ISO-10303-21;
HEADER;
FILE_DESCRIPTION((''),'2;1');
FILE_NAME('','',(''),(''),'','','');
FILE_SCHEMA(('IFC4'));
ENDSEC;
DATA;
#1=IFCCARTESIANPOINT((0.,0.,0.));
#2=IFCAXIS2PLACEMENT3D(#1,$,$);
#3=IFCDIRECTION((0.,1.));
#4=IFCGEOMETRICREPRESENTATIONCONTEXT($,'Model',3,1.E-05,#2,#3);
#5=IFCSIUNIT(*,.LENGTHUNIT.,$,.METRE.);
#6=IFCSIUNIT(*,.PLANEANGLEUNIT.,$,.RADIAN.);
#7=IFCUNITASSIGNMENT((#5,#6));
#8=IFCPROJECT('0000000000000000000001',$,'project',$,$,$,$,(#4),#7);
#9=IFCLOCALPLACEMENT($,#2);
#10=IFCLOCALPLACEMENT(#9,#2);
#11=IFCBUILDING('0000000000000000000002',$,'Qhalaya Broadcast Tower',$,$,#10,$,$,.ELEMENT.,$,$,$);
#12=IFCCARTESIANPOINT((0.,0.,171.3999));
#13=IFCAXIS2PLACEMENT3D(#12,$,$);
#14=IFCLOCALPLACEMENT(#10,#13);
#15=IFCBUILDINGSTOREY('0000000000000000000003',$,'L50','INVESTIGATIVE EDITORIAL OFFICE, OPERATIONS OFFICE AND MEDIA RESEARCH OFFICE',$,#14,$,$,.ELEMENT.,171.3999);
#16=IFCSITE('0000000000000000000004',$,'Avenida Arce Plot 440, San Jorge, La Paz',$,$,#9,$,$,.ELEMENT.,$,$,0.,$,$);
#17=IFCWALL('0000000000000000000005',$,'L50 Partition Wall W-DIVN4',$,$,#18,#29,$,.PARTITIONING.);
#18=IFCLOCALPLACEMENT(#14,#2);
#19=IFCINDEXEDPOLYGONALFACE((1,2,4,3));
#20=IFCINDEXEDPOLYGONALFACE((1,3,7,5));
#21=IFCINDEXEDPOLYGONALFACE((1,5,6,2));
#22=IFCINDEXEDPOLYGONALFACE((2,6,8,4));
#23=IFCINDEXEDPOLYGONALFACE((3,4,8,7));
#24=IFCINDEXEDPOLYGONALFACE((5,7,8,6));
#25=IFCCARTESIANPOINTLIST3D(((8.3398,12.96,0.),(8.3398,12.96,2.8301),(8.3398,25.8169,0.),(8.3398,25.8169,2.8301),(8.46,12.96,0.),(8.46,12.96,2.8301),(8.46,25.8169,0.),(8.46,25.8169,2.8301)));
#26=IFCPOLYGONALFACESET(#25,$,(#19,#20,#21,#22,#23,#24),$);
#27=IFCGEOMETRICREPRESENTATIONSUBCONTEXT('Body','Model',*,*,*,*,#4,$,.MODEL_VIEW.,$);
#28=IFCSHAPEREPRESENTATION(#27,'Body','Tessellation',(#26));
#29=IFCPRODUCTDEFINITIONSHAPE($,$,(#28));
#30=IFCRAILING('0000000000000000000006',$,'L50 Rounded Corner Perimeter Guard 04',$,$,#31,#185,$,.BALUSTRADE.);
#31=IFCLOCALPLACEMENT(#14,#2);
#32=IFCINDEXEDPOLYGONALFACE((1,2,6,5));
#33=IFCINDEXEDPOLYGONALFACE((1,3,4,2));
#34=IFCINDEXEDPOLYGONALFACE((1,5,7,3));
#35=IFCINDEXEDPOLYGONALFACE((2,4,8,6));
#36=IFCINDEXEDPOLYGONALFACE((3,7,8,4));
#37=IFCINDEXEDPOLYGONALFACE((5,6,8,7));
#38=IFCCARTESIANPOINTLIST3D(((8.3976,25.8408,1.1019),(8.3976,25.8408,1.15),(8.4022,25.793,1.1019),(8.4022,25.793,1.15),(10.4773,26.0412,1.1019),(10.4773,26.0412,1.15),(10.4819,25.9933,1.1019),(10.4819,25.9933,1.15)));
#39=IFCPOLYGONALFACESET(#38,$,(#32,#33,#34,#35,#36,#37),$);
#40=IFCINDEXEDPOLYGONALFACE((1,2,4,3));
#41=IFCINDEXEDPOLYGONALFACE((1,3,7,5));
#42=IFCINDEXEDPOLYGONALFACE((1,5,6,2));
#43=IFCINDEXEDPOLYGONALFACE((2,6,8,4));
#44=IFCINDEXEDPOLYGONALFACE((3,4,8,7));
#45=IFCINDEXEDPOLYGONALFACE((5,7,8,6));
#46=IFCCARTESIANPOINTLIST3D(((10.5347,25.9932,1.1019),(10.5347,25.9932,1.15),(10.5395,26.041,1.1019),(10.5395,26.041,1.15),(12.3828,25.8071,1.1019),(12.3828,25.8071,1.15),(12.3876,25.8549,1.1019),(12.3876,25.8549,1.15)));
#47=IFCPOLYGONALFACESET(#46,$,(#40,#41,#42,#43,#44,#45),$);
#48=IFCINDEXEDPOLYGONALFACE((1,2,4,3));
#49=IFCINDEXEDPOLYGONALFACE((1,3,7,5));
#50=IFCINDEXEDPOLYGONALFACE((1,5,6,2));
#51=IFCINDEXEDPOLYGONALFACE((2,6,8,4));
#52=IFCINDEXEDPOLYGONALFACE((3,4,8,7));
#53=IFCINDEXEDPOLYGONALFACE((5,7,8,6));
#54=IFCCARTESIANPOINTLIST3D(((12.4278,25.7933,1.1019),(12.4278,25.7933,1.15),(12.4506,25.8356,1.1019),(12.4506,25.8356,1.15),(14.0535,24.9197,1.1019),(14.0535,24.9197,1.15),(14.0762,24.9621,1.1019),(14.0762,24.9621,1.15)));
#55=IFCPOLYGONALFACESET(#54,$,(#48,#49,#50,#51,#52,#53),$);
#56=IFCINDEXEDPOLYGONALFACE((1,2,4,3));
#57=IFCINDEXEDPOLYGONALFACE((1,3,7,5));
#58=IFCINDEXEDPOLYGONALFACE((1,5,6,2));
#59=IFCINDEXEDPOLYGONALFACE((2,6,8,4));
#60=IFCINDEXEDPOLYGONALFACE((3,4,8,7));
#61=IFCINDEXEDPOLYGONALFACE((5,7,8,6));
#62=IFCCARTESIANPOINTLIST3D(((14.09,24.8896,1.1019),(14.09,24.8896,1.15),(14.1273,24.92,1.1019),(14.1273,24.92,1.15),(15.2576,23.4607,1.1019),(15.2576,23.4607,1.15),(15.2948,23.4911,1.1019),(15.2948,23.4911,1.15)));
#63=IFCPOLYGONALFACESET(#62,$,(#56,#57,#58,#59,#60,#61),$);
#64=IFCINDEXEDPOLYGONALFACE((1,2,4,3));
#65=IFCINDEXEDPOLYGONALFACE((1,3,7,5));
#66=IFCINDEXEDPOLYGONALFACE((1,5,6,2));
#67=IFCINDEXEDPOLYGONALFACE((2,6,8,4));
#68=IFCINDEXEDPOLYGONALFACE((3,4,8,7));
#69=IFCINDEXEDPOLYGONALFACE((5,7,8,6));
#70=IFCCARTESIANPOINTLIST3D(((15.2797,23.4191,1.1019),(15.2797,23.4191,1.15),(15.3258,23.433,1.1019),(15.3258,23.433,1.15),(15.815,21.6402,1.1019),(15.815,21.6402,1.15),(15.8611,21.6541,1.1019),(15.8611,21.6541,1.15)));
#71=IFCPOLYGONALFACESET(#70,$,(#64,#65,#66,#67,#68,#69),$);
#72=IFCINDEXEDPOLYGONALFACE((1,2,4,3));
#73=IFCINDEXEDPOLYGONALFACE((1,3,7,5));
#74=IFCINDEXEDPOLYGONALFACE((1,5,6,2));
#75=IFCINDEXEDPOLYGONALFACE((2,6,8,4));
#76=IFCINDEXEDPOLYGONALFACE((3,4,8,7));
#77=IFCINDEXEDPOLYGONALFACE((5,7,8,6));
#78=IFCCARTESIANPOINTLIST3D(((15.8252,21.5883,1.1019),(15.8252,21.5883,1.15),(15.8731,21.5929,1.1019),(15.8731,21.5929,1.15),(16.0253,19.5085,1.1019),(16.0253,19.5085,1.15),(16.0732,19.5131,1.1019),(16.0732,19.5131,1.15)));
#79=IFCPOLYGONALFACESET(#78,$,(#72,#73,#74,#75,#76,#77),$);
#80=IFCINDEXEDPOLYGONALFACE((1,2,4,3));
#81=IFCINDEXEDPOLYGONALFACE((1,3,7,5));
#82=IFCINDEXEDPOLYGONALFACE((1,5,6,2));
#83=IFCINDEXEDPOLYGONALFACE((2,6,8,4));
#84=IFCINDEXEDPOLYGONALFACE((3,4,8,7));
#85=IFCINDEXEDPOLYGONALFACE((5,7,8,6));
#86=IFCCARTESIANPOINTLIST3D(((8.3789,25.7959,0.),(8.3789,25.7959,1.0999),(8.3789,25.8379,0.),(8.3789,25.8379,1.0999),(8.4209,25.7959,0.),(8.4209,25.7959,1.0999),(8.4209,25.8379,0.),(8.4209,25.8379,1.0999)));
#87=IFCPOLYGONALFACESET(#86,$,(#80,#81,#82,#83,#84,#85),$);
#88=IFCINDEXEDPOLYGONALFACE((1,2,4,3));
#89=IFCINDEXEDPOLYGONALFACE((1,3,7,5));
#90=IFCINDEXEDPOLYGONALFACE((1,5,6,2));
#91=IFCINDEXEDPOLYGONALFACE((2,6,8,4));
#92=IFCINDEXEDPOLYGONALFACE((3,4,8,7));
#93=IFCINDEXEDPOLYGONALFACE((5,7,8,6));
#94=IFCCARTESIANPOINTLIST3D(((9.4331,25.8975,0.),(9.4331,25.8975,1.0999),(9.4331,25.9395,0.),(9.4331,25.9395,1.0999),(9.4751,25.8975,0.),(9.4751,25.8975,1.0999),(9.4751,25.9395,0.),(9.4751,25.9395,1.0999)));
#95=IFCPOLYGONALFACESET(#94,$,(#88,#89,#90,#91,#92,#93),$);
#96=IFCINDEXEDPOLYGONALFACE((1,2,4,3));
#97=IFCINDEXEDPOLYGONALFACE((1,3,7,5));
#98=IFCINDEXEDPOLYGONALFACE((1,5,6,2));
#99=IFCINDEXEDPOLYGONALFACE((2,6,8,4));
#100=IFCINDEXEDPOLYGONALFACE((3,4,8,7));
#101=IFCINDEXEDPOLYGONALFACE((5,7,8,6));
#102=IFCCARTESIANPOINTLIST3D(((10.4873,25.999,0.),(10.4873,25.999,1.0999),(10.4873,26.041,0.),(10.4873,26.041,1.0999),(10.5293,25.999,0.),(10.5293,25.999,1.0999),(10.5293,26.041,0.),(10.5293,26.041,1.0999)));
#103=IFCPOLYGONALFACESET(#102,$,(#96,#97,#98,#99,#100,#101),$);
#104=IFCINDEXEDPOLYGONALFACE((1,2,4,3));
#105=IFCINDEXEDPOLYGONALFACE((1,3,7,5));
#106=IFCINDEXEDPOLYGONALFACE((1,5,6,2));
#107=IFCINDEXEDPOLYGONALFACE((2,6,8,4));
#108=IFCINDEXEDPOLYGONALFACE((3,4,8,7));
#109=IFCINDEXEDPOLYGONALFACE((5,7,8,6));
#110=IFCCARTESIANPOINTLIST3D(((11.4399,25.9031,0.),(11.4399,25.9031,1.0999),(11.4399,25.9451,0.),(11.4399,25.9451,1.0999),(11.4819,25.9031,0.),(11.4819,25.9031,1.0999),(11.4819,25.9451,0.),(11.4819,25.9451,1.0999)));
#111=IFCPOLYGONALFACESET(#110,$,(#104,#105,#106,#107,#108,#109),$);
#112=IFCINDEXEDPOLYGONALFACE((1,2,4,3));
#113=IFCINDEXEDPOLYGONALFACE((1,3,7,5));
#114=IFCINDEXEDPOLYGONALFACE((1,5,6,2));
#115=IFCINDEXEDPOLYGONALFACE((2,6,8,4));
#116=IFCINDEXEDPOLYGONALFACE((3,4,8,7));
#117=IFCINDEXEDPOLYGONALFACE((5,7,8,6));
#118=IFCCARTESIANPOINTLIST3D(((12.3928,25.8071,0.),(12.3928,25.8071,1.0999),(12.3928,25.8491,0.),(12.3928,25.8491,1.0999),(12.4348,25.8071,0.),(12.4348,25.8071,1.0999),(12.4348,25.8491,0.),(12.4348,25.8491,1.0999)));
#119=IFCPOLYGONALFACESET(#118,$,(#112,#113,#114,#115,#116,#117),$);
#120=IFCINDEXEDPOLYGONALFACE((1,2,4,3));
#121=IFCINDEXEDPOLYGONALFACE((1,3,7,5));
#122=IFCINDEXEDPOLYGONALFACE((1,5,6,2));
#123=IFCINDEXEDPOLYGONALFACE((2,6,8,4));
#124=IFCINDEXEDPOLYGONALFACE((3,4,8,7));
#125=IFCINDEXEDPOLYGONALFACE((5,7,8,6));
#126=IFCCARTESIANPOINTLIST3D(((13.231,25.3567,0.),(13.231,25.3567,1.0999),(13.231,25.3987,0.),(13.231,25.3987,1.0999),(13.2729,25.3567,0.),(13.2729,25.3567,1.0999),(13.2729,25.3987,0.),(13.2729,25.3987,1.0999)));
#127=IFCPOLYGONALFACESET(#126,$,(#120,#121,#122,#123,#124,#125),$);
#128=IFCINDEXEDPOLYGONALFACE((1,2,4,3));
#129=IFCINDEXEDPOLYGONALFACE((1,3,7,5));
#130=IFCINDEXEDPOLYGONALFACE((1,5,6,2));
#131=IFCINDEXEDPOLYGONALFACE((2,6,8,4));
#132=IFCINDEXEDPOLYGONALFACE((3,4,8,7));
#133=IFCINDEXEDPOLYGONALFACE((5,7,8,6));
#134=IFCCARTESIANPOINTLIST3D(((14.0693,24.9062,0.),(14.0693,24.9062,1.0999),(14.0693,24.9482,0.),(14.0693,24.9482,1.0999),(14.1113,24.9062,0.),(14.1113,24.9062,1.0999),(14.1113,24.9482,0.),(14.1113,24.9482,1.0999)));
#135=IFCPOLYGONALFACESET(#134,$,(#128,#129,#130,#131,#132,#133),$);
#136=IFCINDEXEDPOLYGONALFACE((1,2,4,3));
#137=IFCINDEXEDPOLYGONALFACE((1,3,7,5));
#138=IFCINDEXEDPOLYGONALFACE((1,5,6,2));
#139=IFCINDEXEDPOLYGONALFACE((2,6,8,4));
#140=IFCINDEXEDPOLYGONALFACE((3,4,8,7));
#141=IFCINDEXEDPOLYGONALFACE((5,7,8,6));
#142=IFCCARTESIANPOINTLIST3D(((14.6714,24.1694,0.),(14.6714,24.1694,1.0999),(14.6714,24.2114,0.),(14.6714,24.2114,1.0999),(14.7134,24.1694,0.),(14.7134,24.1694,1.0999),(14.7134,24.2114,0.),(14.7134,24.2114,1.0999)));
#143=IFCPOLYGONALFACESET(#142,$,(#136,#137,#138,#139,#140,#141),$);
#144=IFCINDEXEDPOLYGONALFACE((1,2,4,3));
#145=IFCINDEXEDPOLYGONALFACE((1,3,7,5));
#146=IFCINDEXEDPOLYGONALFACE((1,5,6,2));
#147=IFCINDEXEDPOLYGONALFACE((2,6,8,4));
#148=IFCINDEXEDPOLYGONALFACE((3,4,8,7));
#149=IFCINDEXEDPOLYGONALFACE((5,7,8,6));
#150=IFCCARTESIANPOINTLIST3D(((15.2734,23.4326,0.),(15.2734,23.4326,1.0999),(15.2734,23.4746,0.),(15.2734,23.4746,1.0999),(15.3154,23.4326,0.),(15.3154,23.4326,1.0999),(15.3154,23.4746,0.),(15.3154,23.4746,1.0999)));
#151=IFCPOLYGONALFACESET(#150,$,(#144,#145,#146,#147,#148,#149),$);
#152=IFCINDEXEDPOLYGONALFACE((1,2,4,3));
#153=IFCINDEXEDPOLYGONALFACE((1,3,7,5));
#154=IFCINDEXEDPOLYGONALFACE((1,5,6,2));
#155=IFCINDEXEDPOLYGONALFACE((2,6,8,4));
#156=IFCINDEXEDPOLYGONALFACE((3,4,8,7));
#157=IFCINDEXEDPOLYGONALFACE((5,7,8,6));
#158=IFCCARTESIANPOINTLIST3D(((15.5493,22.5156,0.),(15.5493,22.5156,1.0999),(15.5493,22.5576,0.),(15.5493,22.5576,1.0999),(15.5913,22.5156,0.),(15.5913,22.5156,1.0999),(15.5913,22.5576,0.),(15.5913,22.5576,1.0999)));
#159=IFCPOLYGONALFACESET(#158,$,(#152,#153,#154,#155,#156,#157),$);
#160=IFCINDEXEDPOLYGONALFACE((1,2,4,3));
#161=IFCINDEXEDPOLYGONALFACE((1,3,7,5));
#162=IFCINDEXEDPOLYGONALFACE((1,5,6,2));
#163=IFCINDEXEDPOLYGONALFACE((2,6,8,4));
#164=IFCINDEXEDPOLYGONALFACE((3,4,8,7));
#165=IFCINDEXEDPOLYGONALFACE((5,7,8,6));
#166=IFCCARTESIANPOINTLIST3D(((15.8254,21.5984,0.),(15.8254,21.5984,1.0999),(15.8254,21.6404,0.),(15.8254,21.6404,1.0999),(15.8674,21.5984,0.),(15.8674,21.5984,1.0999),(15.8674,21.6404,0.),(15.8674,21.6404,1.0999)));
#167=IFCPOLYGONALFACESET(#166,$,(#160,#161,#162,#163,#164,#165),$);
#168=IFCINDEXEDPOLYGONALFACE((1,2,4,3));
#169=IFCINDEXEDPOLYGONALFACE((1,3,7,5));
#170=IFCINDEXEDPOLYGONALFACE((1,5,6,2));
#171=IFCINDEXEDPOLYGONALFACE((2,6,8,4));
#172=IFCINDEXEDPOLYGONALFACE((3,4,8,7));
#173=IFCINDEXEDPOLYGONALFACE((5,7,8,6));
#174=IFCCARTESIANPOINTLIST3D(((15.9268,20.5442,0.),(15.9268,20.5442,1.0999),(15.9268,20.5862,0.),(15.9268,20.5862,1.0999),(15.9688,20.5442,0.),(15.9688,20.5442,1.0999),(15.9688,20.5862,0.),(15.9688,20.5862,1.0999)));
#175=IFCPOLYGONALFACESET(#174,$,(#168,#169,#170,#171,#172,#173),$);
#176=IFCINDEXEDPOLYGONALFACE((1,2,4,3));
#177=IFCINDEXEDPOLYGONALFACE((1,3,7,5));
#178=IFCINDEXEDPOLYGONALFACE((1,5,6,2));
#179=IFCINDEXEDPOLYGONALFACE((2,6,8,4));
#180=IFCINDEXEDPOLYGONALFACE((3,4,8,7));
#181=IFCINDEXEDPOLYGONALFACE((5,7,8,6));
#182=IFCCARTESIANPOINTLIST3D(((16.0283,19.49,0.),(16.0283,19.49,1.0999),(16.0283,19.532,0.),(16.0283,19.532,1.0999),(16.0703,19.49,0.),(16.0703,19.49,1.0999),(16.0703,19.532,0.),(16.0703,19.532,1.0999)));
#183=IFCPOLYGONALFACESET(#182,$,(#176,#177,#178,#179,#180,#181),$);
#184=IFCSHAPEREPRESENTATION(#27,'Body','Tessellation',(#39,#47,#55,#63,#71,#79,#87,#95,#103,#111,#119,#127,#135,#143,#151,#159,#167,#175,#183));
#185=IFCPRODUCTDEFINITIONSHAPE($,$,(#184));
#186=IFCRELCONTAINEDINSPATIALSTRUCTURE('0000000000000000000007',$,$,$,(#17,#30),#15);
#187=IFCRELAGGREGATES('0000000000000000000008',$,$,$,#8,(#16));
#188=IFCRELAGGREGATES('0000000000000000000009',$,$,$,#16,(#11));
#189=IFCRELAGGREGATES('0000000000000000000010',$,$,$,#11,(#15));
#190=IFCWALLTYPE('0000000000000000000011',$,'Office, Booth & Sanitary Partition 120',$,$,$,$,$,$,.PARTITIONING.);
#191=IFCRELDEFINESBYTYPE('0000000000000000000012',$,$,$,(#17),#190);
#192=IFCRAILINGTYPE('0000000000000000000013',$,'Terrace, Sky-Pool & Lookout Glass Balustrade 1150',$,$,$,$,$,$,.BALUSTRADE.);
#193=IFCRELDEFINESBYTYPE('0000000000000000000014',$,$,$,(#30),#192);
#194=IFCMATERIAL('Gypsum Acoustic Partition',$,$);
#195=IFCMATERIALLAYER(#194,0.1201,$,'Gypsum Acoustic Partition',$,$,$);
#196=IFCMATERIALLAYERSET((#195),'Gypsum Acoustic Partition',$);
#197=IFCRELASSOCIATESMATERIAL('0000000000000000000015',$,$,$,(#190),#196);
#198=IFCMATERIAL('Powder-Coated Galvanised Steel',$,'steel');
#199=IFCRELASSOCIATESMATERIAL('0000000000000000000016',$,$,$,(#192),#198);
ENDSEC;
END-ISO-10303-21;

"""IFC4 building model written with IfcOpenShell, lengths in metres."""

from ifc_helpers import new_model, si_unit, direction, frame, frame_2d, origin, origin_2d, place, context, subcontext, project, spatial, rectangle, extrude, material, layer, layer_set, type_object, element, save


model = new_model("IFC4")

# Units and contexts
model_context = context("Model", 3, precision=1e-05, world=origin(), true_north=direction((0.0, 1.0)))
body_context = subcontext(model_context, "Body", "Model", "MODEL_VIEW")
ifc_project = project(units=[si_unit("LENGTHUNIT", "METRE"), si_unit("PLANEANGLEUNIT", "RADIAN")], contexts=[model_context])

# Site, building, storey
site_placement = place(None, origin())
site = spatial("IfcSite", under=ifc_project, at=site_placement, Name="Avenida Arce Plot 440, San Jorge, La Paz", CompositionType="ELEMENT", RefElevation=0.0)
building_placement = place(site_placement, origin())
building = spatial("IfcBuilding", under=site, at=building_placement, Name="Qhalaya Broadcast Tower", CompositionType="ELEMENT")
storey_placement = place(building_placement, frame((0.0, 0.0, 171.3999)))
storey = spatial("IfcBuildingStorey", under=building, at=storey_placement, Name="L50", Description="INVESTIGATIVE EDITORIAL OFFICE, OPERATIONS OFFICE AND MEDIA RESEARCH OFFICE", CompositionType="ELEMENT", Elevation=171.3999)

# Shared definitions
ifc_material_1 = material(Name="Gypsum Acoustic Partition")

# Wall
ifc_layer_1 = layer(ifc_material_1, 0.1201, Name="Gypsum Acoustic Partition")
ifc_layer_set_1 = layer_set([ifc_layer_1], Name="Gypsum Acoustic Partition")
wall_type_1 = type_object("IfcWallType", Name="Office, Booth & Sanitary Partition 120", PredefinedType="PARTITIONING", material=ifc_layer_set_1)
wall_1_placement = place(storey_placement, frame((8.3999, 12.96, 0.0), z_axis=(0.0, 0.0, 1.0), x_axis=(0.0, 1.0, 0.0)))
element("IfcWall", 1, at=wall_1_placement, inside=storey, type_object=wall_type_1, Name="L50 Partition Wall W-DIVN4", PredefinedType="PARTITIONING", context=body_context, shape_type="SweptSolid", body=[
    extrude(rectangle(XDim=12.8569, YDim=0.1201, at=frame_2d((6.4285, 0.0))), origin(), (0.0, 0.0, 1.0), 2.8301),
])

# Railing
ifc_material_2 = material(Name="Powder-Coated Galvanised Steel", Category="steel")
railing_type = type_object("IfcRailingType", Name="Terrace, Sky-Pool & Lookout Glass Balustrade 1150", PredefinedType="BALUSTRADE", material=ifc_material_2)
railing_placement = place(storey_placement, frame((8.3999, 25.8169, 0.0)))
element("IfcRailing", 2, at=railing_placement, inside=storey, type_object=railing_type, Name="L50 Rounded Corner Perimeter Guard 04", PredefinedType="BALUSTRADE", context=body_context, shape_type="SweptSolid", body=[
    extrude(rectangle(XDim=0.0481, YDim=0.0481, at=origin_2d()), frame((0.0, 0.0, 1.126), z_axis=(0.995391, 0.095897, 0.0), x_axis=(-0.095897, 0.995391, 0.0)), (0.0, 0.0, 1.0), 2.0894),
    extrude(rectangle(XDim=0.0481, YDim=0.0481, at=origin_2d()), frame((2.1372, 0.2002, 1.126), z_axis=(0.994968, -0.100198, 0.0), x_axis=(0.100198, 0.994968, 0.0)), (0.0, 0.0, 1.0), 1.8574),
    extrude(rectangle(XDim=0.0481, YDim=0.0481, at=origin_2d()), frame((4.0393, -0.0024, 1.126), z_axis=(0.880879, -0.473342, 0.0), x_axis=(0.473342, 0.880879, 0.0)), (0.0, 0.0, 1.0), 1.8455),
    extrude(rectangle(XDim=0.0481, YDim=0.0481, at=origin_2d()), frame((5.7087, -0.9121, 1.126), z_axis=(0.632735, -0.774369, 0.0), x_axis=(0.774369, 0.632735, 0.0)), (0.0, 0.0, 1.0), 1.8452),
    extrude(rectangle(XDim=0.0481, YDim=0.0481, at=origin_2d()), frame((6.9028, -2.3909, 1.126), z_axis=(0.288178, -0.957577, 0.0), x_axis=(0.957577, 0.288178, 0.0)), (0.0, 0.0, 1.0), 1.8577),
    extrude(rectangle(XDim=0.0481, YDim=0.0481, at=origin_2d()), frame((7.4492, -4.2263, 1.126), z_axis=(0.095783, -0.995402, 0.0), x_axis=(0.995402, 0.095783, 0.0)), (0.0, 0.0, 1.0), 2.0894),
    extrude(rectangle(XDim=0.042, YDim=0.042, at=origin_2d()), origin(), (0.0, 0.0, 1.0), 1.0999),
    extrude(rectangle(XDim=0.042, YDim=0.042, at=origin_2d()), frame((1.0542, 0.1016, 0.0)), (0.0, 0.0, 1.0), 1.0999),
    extrude(rectangle(XDim=0.042, YDim=0.042, at=origin_2d()), frame((2.1084, 0.2031, 0.0)), (0.0, 0.0, 1.0), 1.0999),
    extrude(rectangle(XDim=0.042, YDim=0.042, at=origin_2d()), frame((3.061, 0.1072, 0.0)), (0.0, 0.0, 1.0), 1.0999),
    extrude(rectangle(XDim=0.042, YDim=0.042, at=origin_2d()), frame((4.0139, 0.0112, 0.0)), (0.0, 0.0, 1.0), 1.0999),
    extrude(rectangle(XDim=0.042, YDim=0.042, at=origin_2d()), frame((4.8521, -0.4392, 0.0)), (0.0, 0.0, 1.0), 1.0999),
    extrude(rectangle(XDim=0.042, YDim=0.042, at=origin_2d()), frame((5.6904, -0.8896, 0.0)), (0.0, 0.0, 1.0), 1.0999),
    extrude(rectangle(XDim=0.042, YDim=0.042, at=origin_2d()), frame((6.2925, -1.6265, 0.0)), (0.0, 0.0, 1.0), 1.0999),
    extrude(rectangle(XDim=0.042, YDim=0.042, at=origin_2d()), frame((6.8945, -2.3633, 0.0)), (0.0, 0.0, 1.0), 1.0999),
    extrude(rectangle(XDim=0.042, YDim=0.042, at=origin_2d()), frame((7.1704, -3.2803, 0.0)), (0.0, 0.0, 1.0), 1.0999),
    extrude(rectangle(XDim=0.042, YDim=0.042, at=origin_2d()), frame((7.4465, -4.1975, 0.0)), (0.0, 0.0, 1.0), 1.0999),
    extrude(rectangle(XDim=0.042, YDim=0.042, at=origin_2d()), frame((7.5479, -5.2517, 0.0)), (0.0, 0.0, 1.0), 1.0999),
    extrude(rectangle(XDim=0.042, YDim=0.042, at=origin_2d()), frame((7.6494, -6.3059, 0.0)), (0.0, 0.0, 1.0), 1.0999),
])

save(model, "model.ifc")
